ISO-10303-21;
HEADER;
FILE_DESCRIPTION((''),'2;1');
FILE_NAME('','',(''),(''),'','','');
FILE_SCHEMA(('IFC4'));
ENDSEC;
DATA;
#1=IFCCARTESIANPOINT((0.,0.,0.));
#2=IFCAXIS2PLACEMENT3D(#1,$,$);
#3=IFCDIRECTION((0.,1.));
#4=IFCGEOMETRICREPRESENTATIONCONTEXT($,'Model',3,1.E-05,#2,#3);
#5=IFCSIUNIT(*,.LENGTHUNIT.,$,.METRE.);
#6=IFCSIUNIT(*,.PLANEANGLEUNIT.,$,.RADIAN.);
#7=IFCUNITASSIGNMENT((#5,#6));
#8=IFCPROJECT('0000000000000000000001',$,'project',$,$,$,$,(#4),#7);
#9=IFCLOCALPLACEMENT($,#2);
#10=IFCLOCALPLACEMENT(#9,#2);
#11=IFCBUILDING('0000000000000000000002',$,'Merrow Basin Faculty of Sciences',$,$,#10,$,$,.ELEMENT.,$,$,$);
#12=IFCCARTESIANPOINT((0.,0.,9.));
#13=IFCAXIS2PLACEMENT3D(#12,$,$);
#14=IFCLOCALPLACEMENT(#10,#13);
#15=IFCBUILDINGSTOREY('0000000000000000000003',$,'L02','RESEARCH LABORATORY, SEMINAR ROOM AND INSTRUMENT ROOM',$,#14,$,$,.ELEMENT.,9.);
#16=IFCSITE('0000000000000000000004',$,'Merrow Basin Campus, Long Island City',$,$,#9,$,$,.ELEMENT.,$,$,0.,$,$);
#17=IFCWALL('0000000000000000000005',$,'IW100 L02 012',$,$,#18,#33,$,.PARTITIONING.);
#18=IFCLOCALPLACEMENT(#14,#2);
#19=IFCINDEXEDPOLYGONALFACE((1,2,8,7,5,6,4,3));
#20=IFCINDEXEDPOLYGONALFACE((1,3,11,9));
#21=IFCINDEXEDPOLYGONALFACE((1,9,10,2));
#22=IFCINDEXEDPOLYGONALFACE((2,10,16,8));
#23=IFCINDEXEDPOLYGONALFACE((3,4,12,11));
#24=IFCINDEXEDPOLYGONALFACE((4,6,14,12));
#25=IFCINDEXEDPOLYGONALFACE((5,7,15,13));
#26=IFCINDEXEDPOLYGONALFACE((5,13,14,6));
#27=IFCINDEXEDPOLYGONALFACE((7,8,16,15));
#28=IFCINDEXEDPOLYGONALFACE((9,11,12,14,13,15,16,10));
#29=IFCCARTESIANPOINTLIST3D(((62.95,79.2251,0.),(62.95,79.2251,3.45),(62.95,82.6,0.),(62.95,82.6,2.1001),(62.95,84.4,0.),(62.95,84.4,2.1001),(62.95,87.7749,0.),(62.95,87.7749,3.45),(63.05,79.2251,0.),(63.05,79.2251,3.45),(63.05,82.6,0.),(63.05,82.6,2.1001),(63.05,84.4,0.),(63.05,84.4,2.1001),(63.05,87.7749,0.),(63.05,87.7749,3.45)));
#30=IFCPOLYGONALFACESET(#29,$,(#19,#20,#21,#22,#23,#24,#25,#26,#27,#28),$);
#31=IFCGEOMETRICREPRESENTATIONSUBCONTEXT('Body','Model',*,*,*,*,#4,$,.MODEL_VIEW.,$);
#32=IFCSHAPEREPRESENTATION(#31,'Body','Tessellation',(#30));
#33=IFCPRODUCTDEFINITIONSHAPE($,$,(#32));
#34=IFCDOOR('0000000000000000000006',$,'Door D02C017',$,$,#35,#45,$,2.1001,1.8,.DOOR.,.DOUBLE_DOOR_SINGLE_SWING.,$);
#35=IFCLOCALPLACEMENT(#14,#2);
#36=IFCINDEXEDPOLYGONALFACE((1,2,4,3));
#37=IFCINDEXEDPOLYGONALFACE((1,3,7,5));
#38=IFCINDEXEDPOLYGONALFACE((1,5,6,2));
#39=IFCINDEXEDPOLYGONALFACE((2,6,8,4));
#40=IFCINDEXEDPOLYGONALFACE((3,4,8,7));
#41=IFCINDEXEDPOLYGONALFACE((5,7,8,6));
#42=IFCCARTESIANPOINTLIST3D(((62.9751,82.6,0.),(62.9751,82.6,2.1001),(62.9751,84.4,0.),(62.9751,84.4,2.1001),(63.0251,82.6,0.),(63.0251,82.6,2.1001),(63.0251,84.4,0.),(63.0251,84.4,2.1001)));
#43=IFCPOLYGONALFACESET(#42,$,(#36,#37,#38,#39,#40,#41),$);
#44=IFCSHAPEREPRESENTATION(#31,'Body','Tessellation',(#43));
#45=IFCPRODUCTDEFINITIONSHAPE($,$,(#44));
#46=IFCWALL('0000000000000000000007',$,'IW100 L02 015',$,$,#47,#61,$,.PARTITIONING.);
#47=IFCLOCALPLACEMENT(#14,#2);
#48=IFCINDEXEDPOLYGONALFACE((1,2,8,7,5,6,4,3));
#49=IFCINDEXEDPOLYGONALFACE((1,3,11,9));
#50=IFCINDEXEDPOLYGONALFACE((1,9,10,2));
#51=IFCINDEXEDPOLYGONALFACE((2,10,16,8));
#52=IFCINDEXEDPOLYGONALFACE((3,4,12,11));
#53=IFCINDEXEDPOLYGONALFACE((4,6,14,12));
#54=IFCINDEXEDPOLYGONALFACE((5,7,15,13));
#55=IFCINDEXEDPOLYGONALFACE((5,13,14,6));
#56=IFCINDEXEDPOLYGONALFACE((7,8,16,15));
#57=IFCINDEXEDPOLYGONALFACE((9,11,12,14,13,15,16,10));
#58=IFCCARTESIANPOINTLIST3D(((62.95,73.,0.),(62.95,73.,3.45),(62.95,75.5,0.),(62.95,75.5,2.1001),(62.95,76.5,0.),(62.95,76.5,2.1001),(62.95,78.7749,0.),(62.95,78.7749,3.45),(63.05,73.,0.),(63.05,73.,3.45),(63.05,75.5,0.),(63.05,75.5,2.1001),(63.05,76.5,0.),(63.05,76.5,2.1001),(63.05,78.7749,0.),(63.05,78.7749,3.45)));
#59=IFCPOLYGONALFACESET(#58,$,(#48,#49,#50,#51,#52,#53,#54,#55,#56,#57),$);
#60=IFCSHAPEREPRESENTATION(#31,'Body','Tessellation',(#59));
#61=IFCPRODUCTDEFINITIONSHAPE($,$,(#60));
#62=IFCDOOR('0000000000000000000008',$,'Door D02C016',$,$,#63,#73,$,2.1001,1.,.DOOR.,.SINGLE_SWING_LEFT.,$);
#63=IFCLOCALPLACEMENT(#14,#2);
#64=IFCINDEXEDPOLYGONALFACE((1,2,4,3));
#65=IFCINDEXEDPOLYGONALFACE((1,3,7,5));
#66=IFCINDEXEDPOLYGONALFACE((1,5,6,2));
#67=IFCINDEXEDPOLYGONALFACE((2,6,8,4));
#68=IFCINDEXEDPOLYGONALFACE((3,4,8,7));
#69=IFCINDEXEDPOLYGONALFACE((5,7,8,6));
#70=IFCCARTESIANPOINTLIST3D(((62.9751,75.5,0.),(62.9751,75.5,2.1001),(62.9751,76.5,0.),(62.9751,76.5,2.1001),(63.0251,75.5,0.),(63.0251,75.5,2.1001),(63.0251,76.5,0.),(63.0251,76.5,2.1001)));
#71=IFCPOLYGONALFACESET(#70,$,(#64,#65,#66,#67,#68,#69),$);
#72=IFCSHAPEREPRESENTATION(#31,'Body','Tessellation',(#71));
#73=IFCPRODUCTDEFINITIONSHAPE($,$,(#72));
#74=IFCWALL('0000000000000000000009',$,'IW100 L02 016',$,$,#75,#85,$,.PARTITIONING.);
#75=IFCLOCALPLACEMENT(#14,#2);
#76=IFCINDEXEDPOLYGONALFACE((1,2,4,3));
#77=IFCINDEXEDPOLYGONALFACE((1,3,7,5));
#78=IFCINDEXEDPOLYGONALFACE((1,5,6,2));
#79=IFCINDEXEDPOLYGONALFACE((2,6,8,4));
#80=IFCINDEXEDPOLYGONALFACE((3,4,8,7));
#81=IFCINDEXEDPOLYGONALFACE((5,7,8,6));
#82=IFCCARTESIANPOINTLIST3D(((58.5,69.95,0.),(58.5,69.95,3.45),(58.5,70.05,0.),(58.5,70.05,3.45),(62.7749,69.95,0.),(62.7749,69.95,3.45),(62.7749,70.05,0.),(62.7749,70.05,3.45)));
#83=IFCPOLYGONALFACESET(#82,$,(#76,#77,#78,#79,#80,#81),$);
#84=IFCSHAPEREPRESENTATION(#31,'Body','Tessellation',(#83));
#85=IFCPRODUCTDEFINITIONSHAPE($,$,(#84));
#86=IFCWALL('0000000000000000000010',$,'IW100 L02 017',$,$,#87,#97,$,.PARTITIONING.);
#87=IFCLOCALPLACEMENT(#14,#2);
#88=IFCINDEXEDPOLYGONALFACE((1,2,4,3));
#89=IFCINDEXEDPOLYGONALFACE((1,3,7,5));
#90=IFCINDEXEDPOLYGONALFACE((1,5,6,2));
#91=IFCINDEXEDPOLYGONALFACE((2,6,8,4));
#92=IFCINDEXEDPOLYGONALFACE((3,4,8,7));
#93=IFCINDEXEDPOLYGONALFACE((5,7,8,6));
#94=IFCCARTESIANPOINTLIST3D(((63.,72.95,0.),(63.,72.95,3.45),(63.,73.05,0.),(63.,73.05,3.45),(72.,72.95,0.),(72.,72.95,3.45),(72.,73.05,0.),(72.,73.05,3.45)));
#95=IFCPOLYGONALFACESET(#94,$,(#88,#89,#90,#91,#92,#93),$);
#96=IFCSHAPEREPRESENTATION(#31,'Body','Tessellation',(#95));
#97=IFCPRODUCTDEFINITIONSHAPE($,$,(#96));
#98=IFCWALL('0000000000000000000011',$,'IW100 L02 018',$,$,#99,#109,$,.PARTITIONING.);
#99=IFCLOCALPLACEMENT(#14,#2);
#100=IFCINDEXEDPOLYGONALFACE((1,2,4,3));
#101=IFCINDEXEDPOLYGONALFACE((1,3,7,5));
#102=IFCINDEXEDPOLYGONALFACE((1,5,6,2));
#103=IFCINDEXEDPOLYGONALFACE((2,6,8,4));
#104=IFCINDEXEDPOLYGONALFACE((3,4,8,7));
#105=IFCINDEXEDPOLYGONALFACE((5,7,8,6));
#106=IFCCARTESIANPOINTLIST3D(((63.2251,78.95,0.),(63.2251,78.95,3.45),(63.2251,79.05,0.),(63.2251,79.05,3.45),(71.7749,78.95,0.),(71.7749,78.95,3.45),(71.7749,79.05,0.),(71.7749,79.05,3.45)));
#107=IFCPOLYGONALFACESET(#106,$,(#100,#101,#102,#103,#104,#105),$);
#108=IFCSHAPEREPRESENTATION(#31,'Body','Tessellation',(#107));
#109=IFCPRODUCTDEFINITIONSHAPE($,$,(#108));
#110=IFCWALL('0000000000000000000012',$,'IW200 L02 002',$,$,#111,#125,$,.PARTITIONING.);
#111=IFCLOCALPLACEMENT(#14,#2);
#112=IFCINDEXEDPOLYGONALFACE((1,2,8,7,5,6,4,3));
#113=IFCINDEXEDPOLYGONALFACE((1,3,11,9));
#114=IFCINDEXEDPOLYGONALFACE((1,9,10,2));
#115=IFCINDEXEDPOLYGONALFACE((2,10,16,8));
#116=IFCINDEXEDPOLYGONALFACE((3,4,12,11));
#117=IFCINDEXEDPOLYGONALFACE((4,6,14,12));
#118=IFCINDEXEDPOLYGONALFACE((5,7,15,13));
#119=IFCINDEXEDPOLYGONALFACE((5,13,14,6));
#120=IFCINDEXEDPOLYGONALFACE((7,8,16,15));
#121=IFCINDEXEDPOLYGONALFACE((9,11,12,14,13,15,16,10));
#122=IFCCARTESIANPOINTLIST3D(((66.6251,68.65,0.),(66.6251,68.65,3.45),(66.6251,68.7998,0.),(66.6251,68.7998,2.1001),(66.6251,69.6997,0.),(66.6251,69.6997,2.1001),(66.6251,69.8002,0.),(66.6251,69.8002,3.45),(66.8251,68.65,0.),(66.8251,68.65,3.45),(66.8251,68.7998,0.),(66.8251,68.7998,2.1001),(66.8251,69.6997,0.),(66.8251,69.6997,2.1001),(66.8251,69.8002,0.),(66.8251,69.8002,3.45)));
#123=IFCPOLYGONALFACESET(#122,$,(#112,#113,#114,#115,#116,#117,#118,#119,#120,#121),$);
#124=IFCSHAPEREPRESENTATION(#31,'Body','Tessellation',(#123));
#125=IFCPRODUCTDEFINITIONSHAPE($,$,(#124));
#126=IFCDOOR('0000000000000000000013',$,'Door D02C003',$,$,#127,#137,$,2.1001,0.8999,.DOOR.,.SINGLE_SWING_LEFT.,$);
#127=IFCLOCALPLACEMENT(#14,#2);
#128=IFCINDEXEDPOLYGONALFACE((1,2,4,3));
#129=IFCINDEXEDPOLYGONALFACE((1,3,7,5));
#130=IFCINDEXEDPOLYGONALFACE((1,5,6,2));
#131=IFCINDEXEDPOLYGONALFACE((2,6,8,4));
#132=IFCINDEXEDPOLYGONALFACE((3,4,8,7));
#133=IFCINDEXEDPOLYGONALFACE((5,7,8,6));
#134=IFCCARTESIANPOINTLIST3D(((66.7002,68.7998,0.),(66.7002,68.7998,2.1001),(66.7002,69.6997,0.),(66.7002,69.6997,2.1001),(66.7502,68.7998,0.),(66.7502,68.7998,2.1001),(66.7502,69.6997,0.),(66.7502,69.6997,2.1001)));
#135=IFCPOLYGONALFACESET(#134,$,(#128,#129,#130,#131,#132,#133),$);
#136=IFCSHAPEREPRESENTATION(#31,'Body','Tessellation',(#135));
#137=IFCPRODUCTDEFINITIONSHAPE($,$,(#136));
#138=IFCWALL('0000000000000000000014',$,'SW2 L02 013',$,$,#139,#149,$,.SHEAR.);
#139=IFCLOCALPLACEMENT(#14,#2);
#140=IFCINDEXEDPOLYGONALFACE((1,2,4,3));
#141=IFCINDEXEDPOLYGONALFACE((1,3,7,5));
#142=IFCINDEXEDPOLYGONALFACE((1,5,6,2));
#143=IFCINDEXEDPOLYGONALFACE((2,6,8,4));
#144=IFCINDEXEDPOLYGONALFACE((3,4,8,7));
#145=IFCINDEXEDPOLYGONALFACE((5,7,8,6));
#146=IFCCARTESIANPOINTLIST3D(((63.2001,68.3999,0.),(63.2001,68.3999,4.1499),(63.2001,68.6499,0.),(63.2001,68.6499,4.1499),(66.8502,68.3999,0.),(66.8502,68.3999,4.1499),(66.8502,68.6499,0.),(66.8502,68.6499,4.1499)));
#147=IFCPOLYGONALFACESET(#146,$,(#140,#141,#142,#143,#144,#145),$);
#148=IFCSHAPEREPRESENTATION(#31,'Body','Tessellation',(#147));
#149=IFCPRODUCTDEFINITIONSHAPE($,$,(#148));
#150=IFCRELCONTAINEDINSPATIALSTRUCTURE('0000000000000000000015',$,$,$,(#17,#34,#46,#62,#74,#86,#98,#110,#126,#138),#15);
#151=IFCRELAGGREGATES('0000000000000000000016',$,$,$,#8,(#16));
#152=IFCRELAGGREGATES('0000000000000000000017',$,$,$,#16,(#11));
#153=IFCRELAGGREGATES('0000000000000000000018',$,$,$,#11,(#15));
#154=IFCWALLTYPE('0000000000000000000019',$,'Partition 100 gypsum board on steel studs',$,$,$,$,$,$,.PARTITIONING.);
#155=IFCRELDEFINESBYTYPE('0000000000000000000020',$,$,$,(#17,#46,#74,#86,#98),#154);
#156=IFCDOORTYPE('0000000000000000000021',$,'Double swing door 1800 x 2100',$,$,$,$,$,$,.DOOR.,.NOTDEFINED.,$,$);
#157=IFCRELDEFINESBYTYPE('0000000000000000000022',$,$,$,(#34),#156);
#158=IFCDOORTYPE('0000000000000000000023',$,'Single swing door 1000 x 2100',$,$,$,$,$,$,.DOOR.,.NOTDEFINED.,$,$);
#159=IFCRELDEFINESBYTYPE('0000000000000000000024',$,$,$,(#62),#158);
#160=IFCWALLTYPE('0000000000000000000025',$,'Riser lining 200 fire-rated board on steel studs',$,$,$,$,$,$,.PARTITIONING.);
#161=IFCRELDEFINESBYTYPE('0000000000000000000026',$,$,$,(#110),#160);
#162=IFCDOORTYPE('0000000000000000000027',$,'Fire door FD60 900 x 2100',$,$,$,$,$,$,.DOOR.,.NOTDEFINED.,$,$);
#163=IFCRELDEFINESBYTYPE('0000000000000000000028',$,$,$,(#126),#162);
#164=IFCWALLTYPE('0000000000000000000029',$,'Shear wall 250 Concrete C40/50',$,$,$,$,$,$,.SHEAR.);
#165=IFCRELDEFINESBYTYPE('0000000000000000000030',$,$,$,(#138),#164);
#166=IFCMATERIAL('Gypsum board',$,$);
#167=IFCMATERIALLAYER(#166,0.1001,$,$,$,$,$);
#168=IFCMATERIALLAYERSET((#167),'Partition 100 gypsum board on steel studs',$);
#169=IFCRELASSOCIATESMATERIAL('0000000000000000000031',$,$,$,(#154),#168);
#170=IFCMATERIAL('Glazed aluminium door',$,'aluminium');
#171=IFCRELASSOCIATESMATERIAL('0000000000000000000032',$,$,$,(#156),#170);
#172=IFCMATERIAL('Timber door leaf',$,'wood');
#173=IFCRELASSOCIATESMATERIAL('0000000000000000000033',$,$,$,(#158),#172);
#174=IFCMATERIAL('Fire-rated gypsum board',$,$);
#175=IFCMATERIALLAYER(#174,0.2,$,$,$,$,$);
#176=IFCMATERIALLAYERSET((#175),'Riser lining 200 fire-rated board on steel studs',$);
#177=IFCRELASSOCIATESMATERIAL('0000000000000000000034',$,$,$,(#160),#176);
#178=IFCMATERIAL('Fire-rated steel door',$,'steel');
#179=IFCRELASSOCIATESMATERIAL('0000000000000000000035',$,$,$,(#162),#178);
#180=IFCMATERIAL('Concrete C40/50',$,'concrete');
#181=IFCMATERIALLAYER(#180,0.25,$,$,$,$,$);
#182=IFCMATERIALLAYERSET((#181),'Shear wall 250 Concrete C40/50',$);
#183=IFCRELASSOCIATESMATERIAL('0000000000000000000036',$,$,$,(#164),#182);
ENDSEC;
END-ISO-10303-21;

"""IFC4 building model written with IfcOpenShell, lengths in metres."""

from ifc_helpers import new_model, si_unit, direction, frame, frame_2d, origin, place, context, subcontext, project, spatial, rectangle, extrude, material, layer, layer_set, type_object, element, fill, save


model = new_model("IFC4")

# Units and contexts
model_context = context("Model", 3, precision=1e-05, world=origin(), true_north=direction((0.0, 1.0)))
body_context = subcontext(model_context, "Body", "Model", "MODEL_VIEW")
ifc_project = project(units=[si_unit("LENGTHUNIT", "METRE"), si_unit("PLANEANGLEUNIT", "RADIAN")], contexts=[model_context])

# Site, building, storey
site_placement = place(None, origin())
site = spatial("IfcSite", under=ifc_project, at=site_placement, Name="Merrow Basin Campus, Long Island City", CompositionType="ELEMENT", RefElevation=0.0)
building_placement = place(site_placement, origin())
building = spatial("IfcBuilding", under=site, at=building_placement, Name="Merrow Basin Faculty of Sciences", CompositionType="ELEMENT")
storey_placement = place(building_placement, frame((0.0, 0.0, 9.0)))
storey = spatial("IfcBuildingStorey", under=building, at=storey_placement, Name="L02", Description="RESEARCH LABORATORY, SEMINAR ROOM AND INSTRUMENT ROOM", CompositionType="ELEMENT", Elevation=9.0)

# Walls, openings, doors
ifc_material_1 = material(Name="Gypsum board")
ifc_layer_1 = layer(ifc_material_1, 0.1001)
ifc_layer_set_1 = layer_set([ifc_layer_1], Name="Partition 100 gypsum board on steel studs")
wall_type_1 = type_object("IfcWallType", Name="Partition 100 gypsum board on steel studs", PredefinedType="PARTITIONING", material=ifc_layer_set_1)
wall_1_placement = place(storey_placement, frame((63.0, 79.2251, 0.0), z_axis=(0.0, 0.0, 1.0), x_axis=(0.0, 1.0, 0.0)))
wall_1 = element("IfcWall", 1, at=wall_1_placement, inside=storey, type_object=wall_type_1, Name="IW100 L02 012", PredefinedType="PARTITIONING", context=body_context, shape_type="SweptSolid", body=[
    extrude(rectangle(XDim=8.5498, YDim=0.1001, at=frame_2d((4.2749, 0.0))), origin(), (0.0, 0.0, 1.0), 3.45),
])
opening_1_placement = place(wall_1_placement, frame((3.375, 0.0, 0.0)))
opening_1 = element("IfcOpeningElement", 2, at=opening_1_placement, cuts=wall_1, PredefinedType="OPENING", context=body_context, shape_type="SweptSolid", body=[
    extrude(rectangle(XDim=1.8, YDim=2.1001, at=frame_2d((0.8999, 1.05))), frame((0.0, 0.0601, 0.0), z_axis=(0.0, -1.0, 0.0), x_axis=(1.0, 0.0, 0.0)), (0.0, 0.0, 1.0), 0.1201),
])
ifc_material_2 = material(Name="Glazed aluminium door", Category="aluminium")
door_type_1 = type_object("IfcDoorType", Name="Double swing door 1800 x 2100", OperationType="NOTDEFINED", PredefinedType="DOOR", material=ifc_material_2)
door_1_placement = place(opening_1_placement, origin())
door_1 = element("IfcDoor", 3, at=door_1_placement, inside=storey, type_object=door_type_1, Name="Door D02C017", OperationType="DOUBLE_DOOR_SINGLE_SWING", OverallHeight=2.1001, OverallWidth=1.8, PredefinedType="DOOR", context=body_context, shape_type="SweptSolid", body=[
    extrude(rectangle(XDim=1.8, YDim=2.1001, at=frame_2d((0.8999, 1.05))), frame((0.0, 0.0249, 0.0), z_axis=(0.0, -1.0, 0.0), x_axis=(1.0, 0.0, 0.0)), (0.0, 0.0, 1.0), 0.05),
])
fill(opening_1, door_1)
wall_2_placement = place(storey_placement, frame((63.0, 73.0, 0.0), z_axis=(0.0, 0.0, 1.0), x_axis=(0.0, 1.0, 0.0)))
wall_2 = element("IfcWall", 4, at=wall_2_placement, inside=storey, type_object=wall_type_1, Name="IW100 L02 015", PredefinedType="PARTITIONING", context=body_context, shape_type="SweptSolid", body=[
    extrude(rectangle(XDim=5.7749, YDim=0.1001, at=frame_2d((2.8875, 0.0))), origin(), (0.0, 0.0, 1.0), 3.45),
])
opening_2_placement = place(wall_2_placement, frame((2.5, 0.0, 0.0)))
opening_2 = element("IfcOpeningElement", 5, at=opening_2_placement, cuts=wall_2, PredefinedType="OPENING", context=body_context, shape_type="SweptSolid", body=[
    extrude(rectangle(XDim=1.0, YDim=2.1001, at=frame_2d((0.5, 1.05))), frame((0.0, 0.0601, 0.0), z_axis=(0.0, -1.0, 0.0), x_axis=(1.0, 0.0, 0.0)), (0.0, 0.0, 1.0), 0.1201),
])
ifc_material_3 = material(Name="Timber door leaf", Category="wood")
door_type_2 = type_object("IfcDoorType", Name="Single swing door 1000 x 2100", OperationType="NOTDEFINED", PredefinedType="DOOR", material=ifc_material_3)
door_2_placement = place(opening_2_placement, origin())
door_2 = element("IfcDoor", 6, at=door_2_placement, inside=storey, type_object=door_type_2, Name="Door D02C016", OperationType="SINGLE_SWING_LEFT", OverallHeight=2.1001, OverallWidth=1.0, PredefinedType="DOOR", context=body_context, shape_type="SweptSolid", body=[
    extrude(rectangle(XDim=1.0, YDim=2.1001, at=frame_2d((0.5, 1.05))), frame((0.0, 0.0249, 0.0), z_axis=(0.0, -1.0, 0.0), x_axis=(1.0, 0.0, 0.0)), (0.0, 0.0, 1.0), 0.05),
])
fill(opening_2, door_2)

# Walls
wall_3_placement = place(storey_placement, frame((58.5, 70.0, 0.0), z_axis=(0.0, 0.0, 1.0), x_axis=(1.0, 0.0, 0.0)))
element("IfcWall", 7, at=wall_3_placement, inside=storey, type_object=wall_type_1, Name="IW100 L02 016", PredefinedType="PARTITIONING", context=body_context, shape_type="SweptSolid", body=[
    extrude(rectangle(XDim=4.2749, YDim=0.1001, at=frame_2d((2.1375, 0.0))), origin(), (0.0, 0.0, 1.0), 3.45),
])
wall_4_placement = place(storey_placement, frame((63.0, 73.0, 0.0), z_axis=(0.0, 0.0, 1.0), x_axis=(1.0, 0.0, 0.0)))
element("IfcWall", 8, at=wall_4_placement, inside=storey, type_object=wall_type_1, Name="IW100 L02 017", PredefinedType="PARTITIONING", context=body_context, shape_type="SweptSolid", body=[
    extrude(rectangle(XDim=9.0, YDim=0.1001, at=frame_2d((4.5, 0.0))), origin(), (0.0, 0.0, 1.0), 3.45),
])
wall_5_placement = place(storey_placement, frame((63.2251, 79.0, 0.0), z_axis=(0.0, 0.0, 1.0), x_axis=(1.0, 0.0, 0.0)))
element("IfcWall", 9, at=wall_5_placement, inside=storey, type_object=wall_type_1, Name="IW100 L02 018", PredefinedType="PARTITIONING", context=body_context, shape_type="SweptSolid", body=[
    extrude(rectangle(XDim=8.5498, YDim=0.1001, at=frame_2d((4.2749, 0.0))), origin(), (0.0, 0.0, 1.0), 3.45),
])

# Wall, opening, door
ifc_material_4 = material(Name="Fire-rated gypsum board")
ifc_layer_2 = layer(ifc_material_4, 0.2)
ifc_layer_set_2 = layer_set([ifc_layer_2], Name="Riser lining 200 fire-rated board on steel studs")
wall_type_2 = type_object("IfcWallType", Name="Riser lining 200 fire-rated board on steel studs", PredefinedType="PARTITIONING", material=ifc_layer_set_2)
wall_6_placement = place(storey_placement, frame((66.7251, 68.6499, 0.0), z_axis=(0.0, 0.0, 1.0), x_axis=(0.0, 1.0, 0.0)))
wall_6 = element("IfcWall", 10, at=wall_6_placement, inside=storey, type_object=wall_type_2, Name="IW200 L02 002", PredefinedType="PARTITIONING", context=body_context, shape_type="SweptSolid", body=[
    extrude(rectangle(XDim=1.1501, YDim=0.2, at=frame_2d((0.5752, 0.0))), origin(), (0.0, 0.0, 1.0), 3.45),
])
opening_3_placement = place(wall_6_placement, frame((0.1499, 0.0, 0.0)))
opening_3 = element("IfcOpeningElement", 11, at=opening_3_placement, cuts=wall_6, PredefinedType="OPENING", context=body_context, shape_type="SweptSolid", body=[
    extrude(rectangle(XDim=0.8999, YDim=2.1001, at=frame_2d((0.45, 1.05))), frame((0.0, 0.1099, 0.0), z_axis=(0.0, -1.0, 0.0), x_axis=(1.0, 0.0, 0.0)), (0.0, 0.0, 1.0), 0.22),
])
ifc_material_5 = material(Name="Fire-rated steel door", Category="steel")
door_type_3 = type_object("IfcDoorType", Name="Fire door FD60 900 x 2100", OperationType="NOTDEFINED", PredefinedType="DOOR", material=ifc_material_5)
door_3_placement = place(opening_3_placement, origin())
door_3 = element("IfcDoor", 12, at=door_3_placement, inside=storey, type_object=door_type_3, Name="Door D02C003", OperationType="SINGLE_SWING_LEFT", OverallHeight=2.1001, OverallWidth=0.8999, PredefinedType="DOOR", context=body_context, shape_type="SweptSolid", body=[
    extrude(rectangle(XDim=0.8999, YDim=2.1001, at=frame_2d((0.45, 1.05))), frame((0.0, 0.0249, 0.0), z_axis=(0.0, -1.0, 0.0), x_axis=(1.0, 0.0, 0.0)), (0.0, 0.0, 1.0), 0.05),
])
fill(opening_3, door_3)

# Wall
ifc_material_6 = material(Name="Concrete C40/50", Category="concrete")
ifc_layer_3 = layer(ifc_material_6, 0.25)
ifc_layer_set_3 = layer_set([ifc_layer_3], Name="Shear wall 250 Concrete C40/50")
wall_type_3 = type_object("IfcWallType", Name="Shear wall 250 Concrete C40/50", PredefinedType="SHEAR", material=ifc_layer_set_3)
wall_7_placement = place(storey_placement, frame((63.2, 68.5249, 0.0), z_axis=(0.0, 0.0, 1.0), x_axis=(1.0, 0.0, 0.0)))
element("IfcWall", 13, at=wall_7_placement, inside=storey, type_object=wall_type_3, Name="SW2 L02 013", PredefinedType="SHEAR", context=body_context, shape_type="SweptSolid", body=[
    extrude(rectangle(XDim=3.6501, YDim=0.25, at=frame_2d((1.8252, 0.0))), origin(), (0.0, 0.0, 1.0), 4.1499),
])

save(model, "model.ifc")
